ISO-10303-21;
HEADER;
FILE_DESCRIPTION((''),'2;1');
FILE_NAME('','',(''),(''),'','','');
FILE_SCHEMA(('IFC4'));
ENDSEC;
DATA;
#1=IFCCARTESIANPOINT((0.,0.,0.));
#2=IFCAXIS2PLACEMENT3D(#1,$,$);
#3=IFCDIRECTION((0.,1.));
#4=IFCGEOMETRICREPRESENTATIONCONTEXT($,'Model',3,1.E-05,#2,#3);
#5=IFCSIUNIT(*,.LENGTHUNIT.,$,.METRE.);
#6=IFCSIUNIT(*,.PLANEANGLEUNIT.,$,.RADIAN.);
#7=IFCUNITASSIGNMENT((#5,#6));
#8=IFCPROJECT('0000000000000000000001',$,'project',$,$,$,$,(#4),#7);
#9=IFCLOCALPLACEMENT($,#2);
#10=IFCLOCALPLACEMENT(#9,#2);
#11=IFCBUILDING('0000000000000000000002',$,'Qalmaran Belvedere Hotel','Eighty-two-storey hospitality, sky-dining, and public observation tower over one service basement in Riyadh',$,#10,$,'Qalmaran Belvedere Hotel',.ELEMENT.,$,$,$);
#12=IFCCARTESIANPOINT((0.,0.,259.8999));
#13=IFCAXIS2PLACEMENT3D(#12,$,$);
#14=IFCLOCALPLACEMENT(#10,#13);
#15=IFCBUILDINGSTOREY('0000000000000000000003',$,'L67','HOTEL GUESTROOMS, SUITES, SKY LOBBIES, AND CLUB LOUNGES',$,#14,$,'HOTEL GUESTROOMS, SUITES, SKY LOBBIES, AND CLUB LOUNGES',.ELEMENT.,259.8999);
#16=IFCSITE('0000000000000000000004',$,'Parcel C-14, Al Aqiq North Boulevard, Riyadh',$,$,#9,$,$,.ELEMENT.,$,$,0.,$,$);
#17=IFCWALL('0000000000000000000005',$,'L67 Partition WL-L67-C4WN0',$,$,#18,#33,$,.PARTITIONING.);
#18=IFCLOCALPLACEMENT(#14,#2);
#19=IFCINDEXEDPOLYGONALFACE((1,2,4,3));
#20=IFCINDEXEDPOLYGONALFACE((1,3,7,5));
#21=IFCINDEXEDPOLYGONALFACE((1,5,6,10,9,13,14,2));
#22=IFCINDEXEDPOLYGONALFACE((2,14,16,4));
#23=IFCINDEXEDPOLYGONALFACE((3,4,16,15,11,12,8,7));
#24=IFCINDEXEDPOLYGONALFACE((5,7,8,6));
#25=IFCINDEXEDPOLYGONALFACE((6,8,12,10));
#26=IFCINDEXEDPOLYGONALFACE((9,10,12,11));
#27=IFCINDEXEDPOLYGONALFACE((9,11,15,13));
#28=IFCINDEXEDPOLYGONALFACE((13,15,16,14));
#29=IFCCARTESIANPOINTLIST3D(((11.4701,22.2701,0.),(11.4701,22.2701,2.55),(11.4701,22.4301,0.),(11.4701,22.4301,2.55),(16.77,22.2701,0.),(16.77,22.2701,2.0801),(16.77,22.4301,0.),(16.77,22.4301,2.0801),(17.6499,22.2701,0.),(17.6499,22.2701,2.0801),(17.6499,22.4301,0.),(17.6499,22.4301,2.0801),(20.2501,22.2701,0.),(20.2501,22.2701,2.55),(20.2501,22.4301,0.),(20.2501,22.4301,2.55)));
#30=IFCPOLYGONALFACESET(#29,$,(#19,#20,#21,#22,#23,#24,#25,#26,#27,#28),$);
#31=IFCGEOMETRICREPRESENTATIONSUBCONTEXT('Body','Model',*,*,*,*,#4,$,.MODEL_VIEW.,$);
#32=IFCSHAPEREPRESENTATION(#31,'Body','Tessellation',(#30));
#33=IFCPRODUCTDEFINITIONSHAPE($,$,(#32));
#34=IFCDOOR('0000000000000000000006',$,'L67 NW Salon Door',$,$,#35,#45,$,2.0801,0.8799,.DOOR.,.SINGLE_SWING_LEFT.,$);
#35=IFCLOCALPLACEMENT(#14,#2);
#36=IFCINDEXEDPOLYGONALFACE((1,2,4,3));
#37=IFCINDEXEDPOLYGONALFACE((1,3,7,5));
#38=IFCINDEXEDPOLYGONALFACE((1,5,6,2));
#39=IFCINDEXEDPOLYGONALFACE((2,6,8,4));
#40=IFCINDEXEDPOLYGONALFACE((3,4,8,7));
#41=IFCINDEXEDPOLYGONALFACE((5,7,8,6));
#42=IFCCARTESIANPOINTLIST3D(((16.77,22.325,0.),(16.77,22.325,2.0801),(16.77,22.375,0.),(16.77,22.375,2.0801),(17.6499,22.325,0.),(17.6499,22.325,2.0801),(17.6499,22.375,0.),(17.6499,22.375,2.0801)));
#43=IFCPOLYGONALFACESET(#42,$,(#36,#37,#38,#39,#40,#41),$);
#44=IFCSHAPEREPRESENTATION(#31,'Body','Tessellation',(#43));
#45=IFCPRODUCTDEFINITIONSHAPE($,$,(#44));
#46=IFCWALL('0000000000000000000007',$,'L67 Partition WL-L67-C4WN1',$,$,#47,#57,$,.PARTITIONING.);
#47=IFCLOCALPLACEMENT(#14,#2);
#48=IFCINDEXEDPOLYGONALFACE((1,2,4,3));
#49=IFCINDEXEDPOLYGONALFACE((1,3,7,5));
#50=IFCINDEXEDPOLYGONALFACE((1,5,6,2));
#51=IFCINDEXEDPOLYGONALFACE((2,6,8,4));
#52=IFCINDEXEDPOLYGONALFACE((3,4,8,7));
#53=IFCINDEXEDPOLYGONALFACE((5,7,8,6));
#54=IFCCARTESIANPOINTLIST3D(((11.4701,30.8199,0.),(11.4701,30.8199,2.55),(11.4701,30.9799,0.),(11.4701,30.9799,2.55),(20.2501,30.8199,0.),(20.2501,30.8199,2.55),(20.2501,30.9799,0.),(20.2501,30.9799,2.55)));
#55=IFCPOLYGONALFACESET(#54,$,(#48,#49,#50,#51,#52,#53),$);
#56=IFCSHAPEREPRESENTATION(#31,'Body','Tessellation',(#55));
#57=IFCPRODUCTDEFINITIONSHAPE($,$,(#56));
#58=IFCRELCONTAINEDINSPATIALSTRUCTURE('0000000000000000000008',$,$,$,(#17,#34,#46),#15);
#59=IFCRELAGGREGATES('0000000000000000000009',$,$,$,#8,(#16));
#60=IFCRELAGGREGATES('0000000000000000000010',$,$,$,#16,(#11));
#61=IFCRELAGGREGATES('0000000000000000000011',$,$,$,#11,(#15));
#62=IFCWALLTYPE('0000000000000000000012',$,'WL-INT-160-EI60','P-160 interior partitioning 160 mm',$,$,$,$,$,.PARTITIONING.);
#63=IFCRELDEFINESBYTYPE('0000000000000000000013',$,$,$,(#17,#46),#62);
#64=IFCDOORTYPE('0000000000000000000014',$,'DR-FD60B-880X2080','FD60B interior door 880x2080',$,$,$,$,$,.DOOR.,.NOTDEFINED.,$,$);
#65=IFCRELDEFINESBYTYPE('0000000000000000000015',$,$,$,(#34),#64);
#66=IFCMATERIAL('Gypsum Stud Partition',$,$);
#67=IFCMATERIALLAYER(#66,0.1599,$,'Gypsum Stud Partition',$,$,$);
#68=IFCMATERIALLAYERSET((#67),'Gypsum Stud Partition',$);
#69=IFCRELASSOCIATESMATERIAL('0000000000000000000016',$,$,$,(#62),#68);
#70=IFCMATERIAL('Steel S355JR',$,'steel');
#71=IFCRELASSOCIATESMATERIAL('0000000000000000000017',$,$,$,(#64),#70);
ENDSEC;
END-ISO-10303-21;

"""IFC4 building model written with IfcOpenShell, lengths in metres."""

from ifc_helpers import new_model, si_unit, direction, frame, frame_2d, origin, place, context, subcontext, project, spatial, rectangle, extrude, material, layer, layer_set, type_object, element, fill, save


model = new_model("IFC4")

# Units and contexts
model_context = context("Model", 3, precision=1e-05, world=origin(), true_north=direction((0.0, 1.0)))
body_context = subcontext(model_context, "Body", "Model", "MODEL_VIEW")
ifc_project = project(units=[si_unit("LENGTHUNIT", "METRE"), si_unit("PLANEANGLEUNIT", "RADIAN")], contexts=[model_context])

# Site, building, storey
site_placement = place(None, origin())
site = spatial("IfcSite", under=ifc_project, at=site_placement, Name="Parcel C-14, Al Aqiq North Boulevard, Riyadh", CompositionType="ELEMENT", RefElevation=0.0)
building_placement = place(site_placement, origin())
building = spatial("IfcBuilding", under=site, at=building_placement, Name="Qalmaran Belvedere Hotel", Description="Eighty-two-storey hospitality, sky-dining, and public observation tower over one service basement in Riyadh", LongName="Qalmaran Belvedere Hotel", CompositionType="ELEMENT")
storey_placement = place(building_placement, frame((0.0, 0.0, 259.8999)))
storey = spatial("IfcBuildingStorey", under=building, at=storey_placement, Name="L67", Description="HOTEL GUESTROOMS, SUITES, SKY LOBBIES, AND CLUB LOUNGES", LongName="HOTEL GUESTROOMS, SUITES, SKY LOBBIES, AND CLUB LOUNGES", CompositionType="ELEMENT", Elevation=259.8999)

# Shared definitions
ifc_material_1 = material(Name="Steel S355JR", Category="steel")

# Wall, opening, door
ifc_material_2 = material(Name="Gypsum Stud Partition")
ifc_layer_1 = layer(ifc_material_2, 0.1599, Name="Gypsum Stud Partition")
ifc_layer_set_1 = layer_set([ifc_layer_1], Name="Gypsum Stud Partition")
wall_type_1 = type_object("IfcWallType", Name="WL-INT-160-EI60", Description="P-160 interior partitioning 160 mm", PredefinedType="PARTITIONING", material=ifc_layer_set_1)
wall_1_placement = place(storey_placement, frame((11.47, 22.3501, 0.0), z_axis=(0.0, 0.0, 1.0), x_axis=(1.0, 0.0, 0.0)))
wall_1 = element("IfcWall", 1, at=wall_1_placement, inside=storey, type_object=wall_type_1, Name="L67 Partition WL-L67-C4WN0", PredefinedType="PARTITIONING", context=body_context, shape_type="SweptSolid", body=[
    extrude(rectangle(XDim=8.78, YDim=0.1599, at=frame_2d((4.3901, 0.0))), origin(), (0.0, 0.0, 1.0), 2.55),
])
opening_1_placement = place(wall_1_placement, frame((5.3, 0.0, 0.0)))
opening_1 = element("IfcOpeningElement", 2, at=opening_1_placement, cuts=wall_1, PredefinedType="OPENING", context=body_context, shape_type="SweptSolid", body=[
    extrude(rectangle(XDim=0.8799, YDim=2.0801, at=frame_2d((0.4399, 1.04))), frame((0.0, 0.0898, 0.0), z_axis=(0.0, -1.0, 0.0), x_axis=(1.0, 0.0, 0.0)), (0.0, 0.0, 1.0), 0.1799),
])
door_type_1 = type_object("IfcDoorType", Name="DR-FD60B-880X2080", Description="FD60B interior door 880x2080", OperationType="NOTDEFINED", PredefinedType="DOOR", material=ifc_material_1)
door_1_placement = place(opening_1_placement, origin())
door_1 = element("IfcDoor", 3, at=door_1_placement, inside=storey, type_object=door_type_1, Name="L67 NW Salon Door", OperationType="SINGLE_SWING_LEFT", OverallHeight=2.0801, OverallWidth=0.8799, PredefinedType="DOOR", context=body_context, shape_type="SweptSolid", body=[
    extrude(rectangle(XDim=0.8799, YDim=2.0801, at=frame_2d((0.4399, 1.04))), frame((0.0, 0.0249, 0.0), z_axis=(0.0, -1.0, 0.0), x_axis=(1.0, 0.0, 0.0)), (0.0, 0.0, 1.0), 0.05),
])
fill(opening_1, door_1)

# Wall
wall_2_placement = place(storey_placement, frame((11.47, 30.8999, 0.0), z_axis=(0.0, 0.0, 1.0), x_axis=(1.0, 0.0, 0.0)))
element("IfcWall", 4, at=wall_2_placement, inside=storey, type_object=wall_type_1, Name="L67 Partition WL-L67-C4WN1", PredefinedType="PARTITIONING", context=body_context, shape_type="SweptSolid", body=[
    extrude(rectangle(XDim=8.78, YDim=0.1599, at=frame_2d((4.3901, 0.0))), origin(), (0.0, 0.0, 1.0), 2.55),
])

save(model, "model.ifc")
